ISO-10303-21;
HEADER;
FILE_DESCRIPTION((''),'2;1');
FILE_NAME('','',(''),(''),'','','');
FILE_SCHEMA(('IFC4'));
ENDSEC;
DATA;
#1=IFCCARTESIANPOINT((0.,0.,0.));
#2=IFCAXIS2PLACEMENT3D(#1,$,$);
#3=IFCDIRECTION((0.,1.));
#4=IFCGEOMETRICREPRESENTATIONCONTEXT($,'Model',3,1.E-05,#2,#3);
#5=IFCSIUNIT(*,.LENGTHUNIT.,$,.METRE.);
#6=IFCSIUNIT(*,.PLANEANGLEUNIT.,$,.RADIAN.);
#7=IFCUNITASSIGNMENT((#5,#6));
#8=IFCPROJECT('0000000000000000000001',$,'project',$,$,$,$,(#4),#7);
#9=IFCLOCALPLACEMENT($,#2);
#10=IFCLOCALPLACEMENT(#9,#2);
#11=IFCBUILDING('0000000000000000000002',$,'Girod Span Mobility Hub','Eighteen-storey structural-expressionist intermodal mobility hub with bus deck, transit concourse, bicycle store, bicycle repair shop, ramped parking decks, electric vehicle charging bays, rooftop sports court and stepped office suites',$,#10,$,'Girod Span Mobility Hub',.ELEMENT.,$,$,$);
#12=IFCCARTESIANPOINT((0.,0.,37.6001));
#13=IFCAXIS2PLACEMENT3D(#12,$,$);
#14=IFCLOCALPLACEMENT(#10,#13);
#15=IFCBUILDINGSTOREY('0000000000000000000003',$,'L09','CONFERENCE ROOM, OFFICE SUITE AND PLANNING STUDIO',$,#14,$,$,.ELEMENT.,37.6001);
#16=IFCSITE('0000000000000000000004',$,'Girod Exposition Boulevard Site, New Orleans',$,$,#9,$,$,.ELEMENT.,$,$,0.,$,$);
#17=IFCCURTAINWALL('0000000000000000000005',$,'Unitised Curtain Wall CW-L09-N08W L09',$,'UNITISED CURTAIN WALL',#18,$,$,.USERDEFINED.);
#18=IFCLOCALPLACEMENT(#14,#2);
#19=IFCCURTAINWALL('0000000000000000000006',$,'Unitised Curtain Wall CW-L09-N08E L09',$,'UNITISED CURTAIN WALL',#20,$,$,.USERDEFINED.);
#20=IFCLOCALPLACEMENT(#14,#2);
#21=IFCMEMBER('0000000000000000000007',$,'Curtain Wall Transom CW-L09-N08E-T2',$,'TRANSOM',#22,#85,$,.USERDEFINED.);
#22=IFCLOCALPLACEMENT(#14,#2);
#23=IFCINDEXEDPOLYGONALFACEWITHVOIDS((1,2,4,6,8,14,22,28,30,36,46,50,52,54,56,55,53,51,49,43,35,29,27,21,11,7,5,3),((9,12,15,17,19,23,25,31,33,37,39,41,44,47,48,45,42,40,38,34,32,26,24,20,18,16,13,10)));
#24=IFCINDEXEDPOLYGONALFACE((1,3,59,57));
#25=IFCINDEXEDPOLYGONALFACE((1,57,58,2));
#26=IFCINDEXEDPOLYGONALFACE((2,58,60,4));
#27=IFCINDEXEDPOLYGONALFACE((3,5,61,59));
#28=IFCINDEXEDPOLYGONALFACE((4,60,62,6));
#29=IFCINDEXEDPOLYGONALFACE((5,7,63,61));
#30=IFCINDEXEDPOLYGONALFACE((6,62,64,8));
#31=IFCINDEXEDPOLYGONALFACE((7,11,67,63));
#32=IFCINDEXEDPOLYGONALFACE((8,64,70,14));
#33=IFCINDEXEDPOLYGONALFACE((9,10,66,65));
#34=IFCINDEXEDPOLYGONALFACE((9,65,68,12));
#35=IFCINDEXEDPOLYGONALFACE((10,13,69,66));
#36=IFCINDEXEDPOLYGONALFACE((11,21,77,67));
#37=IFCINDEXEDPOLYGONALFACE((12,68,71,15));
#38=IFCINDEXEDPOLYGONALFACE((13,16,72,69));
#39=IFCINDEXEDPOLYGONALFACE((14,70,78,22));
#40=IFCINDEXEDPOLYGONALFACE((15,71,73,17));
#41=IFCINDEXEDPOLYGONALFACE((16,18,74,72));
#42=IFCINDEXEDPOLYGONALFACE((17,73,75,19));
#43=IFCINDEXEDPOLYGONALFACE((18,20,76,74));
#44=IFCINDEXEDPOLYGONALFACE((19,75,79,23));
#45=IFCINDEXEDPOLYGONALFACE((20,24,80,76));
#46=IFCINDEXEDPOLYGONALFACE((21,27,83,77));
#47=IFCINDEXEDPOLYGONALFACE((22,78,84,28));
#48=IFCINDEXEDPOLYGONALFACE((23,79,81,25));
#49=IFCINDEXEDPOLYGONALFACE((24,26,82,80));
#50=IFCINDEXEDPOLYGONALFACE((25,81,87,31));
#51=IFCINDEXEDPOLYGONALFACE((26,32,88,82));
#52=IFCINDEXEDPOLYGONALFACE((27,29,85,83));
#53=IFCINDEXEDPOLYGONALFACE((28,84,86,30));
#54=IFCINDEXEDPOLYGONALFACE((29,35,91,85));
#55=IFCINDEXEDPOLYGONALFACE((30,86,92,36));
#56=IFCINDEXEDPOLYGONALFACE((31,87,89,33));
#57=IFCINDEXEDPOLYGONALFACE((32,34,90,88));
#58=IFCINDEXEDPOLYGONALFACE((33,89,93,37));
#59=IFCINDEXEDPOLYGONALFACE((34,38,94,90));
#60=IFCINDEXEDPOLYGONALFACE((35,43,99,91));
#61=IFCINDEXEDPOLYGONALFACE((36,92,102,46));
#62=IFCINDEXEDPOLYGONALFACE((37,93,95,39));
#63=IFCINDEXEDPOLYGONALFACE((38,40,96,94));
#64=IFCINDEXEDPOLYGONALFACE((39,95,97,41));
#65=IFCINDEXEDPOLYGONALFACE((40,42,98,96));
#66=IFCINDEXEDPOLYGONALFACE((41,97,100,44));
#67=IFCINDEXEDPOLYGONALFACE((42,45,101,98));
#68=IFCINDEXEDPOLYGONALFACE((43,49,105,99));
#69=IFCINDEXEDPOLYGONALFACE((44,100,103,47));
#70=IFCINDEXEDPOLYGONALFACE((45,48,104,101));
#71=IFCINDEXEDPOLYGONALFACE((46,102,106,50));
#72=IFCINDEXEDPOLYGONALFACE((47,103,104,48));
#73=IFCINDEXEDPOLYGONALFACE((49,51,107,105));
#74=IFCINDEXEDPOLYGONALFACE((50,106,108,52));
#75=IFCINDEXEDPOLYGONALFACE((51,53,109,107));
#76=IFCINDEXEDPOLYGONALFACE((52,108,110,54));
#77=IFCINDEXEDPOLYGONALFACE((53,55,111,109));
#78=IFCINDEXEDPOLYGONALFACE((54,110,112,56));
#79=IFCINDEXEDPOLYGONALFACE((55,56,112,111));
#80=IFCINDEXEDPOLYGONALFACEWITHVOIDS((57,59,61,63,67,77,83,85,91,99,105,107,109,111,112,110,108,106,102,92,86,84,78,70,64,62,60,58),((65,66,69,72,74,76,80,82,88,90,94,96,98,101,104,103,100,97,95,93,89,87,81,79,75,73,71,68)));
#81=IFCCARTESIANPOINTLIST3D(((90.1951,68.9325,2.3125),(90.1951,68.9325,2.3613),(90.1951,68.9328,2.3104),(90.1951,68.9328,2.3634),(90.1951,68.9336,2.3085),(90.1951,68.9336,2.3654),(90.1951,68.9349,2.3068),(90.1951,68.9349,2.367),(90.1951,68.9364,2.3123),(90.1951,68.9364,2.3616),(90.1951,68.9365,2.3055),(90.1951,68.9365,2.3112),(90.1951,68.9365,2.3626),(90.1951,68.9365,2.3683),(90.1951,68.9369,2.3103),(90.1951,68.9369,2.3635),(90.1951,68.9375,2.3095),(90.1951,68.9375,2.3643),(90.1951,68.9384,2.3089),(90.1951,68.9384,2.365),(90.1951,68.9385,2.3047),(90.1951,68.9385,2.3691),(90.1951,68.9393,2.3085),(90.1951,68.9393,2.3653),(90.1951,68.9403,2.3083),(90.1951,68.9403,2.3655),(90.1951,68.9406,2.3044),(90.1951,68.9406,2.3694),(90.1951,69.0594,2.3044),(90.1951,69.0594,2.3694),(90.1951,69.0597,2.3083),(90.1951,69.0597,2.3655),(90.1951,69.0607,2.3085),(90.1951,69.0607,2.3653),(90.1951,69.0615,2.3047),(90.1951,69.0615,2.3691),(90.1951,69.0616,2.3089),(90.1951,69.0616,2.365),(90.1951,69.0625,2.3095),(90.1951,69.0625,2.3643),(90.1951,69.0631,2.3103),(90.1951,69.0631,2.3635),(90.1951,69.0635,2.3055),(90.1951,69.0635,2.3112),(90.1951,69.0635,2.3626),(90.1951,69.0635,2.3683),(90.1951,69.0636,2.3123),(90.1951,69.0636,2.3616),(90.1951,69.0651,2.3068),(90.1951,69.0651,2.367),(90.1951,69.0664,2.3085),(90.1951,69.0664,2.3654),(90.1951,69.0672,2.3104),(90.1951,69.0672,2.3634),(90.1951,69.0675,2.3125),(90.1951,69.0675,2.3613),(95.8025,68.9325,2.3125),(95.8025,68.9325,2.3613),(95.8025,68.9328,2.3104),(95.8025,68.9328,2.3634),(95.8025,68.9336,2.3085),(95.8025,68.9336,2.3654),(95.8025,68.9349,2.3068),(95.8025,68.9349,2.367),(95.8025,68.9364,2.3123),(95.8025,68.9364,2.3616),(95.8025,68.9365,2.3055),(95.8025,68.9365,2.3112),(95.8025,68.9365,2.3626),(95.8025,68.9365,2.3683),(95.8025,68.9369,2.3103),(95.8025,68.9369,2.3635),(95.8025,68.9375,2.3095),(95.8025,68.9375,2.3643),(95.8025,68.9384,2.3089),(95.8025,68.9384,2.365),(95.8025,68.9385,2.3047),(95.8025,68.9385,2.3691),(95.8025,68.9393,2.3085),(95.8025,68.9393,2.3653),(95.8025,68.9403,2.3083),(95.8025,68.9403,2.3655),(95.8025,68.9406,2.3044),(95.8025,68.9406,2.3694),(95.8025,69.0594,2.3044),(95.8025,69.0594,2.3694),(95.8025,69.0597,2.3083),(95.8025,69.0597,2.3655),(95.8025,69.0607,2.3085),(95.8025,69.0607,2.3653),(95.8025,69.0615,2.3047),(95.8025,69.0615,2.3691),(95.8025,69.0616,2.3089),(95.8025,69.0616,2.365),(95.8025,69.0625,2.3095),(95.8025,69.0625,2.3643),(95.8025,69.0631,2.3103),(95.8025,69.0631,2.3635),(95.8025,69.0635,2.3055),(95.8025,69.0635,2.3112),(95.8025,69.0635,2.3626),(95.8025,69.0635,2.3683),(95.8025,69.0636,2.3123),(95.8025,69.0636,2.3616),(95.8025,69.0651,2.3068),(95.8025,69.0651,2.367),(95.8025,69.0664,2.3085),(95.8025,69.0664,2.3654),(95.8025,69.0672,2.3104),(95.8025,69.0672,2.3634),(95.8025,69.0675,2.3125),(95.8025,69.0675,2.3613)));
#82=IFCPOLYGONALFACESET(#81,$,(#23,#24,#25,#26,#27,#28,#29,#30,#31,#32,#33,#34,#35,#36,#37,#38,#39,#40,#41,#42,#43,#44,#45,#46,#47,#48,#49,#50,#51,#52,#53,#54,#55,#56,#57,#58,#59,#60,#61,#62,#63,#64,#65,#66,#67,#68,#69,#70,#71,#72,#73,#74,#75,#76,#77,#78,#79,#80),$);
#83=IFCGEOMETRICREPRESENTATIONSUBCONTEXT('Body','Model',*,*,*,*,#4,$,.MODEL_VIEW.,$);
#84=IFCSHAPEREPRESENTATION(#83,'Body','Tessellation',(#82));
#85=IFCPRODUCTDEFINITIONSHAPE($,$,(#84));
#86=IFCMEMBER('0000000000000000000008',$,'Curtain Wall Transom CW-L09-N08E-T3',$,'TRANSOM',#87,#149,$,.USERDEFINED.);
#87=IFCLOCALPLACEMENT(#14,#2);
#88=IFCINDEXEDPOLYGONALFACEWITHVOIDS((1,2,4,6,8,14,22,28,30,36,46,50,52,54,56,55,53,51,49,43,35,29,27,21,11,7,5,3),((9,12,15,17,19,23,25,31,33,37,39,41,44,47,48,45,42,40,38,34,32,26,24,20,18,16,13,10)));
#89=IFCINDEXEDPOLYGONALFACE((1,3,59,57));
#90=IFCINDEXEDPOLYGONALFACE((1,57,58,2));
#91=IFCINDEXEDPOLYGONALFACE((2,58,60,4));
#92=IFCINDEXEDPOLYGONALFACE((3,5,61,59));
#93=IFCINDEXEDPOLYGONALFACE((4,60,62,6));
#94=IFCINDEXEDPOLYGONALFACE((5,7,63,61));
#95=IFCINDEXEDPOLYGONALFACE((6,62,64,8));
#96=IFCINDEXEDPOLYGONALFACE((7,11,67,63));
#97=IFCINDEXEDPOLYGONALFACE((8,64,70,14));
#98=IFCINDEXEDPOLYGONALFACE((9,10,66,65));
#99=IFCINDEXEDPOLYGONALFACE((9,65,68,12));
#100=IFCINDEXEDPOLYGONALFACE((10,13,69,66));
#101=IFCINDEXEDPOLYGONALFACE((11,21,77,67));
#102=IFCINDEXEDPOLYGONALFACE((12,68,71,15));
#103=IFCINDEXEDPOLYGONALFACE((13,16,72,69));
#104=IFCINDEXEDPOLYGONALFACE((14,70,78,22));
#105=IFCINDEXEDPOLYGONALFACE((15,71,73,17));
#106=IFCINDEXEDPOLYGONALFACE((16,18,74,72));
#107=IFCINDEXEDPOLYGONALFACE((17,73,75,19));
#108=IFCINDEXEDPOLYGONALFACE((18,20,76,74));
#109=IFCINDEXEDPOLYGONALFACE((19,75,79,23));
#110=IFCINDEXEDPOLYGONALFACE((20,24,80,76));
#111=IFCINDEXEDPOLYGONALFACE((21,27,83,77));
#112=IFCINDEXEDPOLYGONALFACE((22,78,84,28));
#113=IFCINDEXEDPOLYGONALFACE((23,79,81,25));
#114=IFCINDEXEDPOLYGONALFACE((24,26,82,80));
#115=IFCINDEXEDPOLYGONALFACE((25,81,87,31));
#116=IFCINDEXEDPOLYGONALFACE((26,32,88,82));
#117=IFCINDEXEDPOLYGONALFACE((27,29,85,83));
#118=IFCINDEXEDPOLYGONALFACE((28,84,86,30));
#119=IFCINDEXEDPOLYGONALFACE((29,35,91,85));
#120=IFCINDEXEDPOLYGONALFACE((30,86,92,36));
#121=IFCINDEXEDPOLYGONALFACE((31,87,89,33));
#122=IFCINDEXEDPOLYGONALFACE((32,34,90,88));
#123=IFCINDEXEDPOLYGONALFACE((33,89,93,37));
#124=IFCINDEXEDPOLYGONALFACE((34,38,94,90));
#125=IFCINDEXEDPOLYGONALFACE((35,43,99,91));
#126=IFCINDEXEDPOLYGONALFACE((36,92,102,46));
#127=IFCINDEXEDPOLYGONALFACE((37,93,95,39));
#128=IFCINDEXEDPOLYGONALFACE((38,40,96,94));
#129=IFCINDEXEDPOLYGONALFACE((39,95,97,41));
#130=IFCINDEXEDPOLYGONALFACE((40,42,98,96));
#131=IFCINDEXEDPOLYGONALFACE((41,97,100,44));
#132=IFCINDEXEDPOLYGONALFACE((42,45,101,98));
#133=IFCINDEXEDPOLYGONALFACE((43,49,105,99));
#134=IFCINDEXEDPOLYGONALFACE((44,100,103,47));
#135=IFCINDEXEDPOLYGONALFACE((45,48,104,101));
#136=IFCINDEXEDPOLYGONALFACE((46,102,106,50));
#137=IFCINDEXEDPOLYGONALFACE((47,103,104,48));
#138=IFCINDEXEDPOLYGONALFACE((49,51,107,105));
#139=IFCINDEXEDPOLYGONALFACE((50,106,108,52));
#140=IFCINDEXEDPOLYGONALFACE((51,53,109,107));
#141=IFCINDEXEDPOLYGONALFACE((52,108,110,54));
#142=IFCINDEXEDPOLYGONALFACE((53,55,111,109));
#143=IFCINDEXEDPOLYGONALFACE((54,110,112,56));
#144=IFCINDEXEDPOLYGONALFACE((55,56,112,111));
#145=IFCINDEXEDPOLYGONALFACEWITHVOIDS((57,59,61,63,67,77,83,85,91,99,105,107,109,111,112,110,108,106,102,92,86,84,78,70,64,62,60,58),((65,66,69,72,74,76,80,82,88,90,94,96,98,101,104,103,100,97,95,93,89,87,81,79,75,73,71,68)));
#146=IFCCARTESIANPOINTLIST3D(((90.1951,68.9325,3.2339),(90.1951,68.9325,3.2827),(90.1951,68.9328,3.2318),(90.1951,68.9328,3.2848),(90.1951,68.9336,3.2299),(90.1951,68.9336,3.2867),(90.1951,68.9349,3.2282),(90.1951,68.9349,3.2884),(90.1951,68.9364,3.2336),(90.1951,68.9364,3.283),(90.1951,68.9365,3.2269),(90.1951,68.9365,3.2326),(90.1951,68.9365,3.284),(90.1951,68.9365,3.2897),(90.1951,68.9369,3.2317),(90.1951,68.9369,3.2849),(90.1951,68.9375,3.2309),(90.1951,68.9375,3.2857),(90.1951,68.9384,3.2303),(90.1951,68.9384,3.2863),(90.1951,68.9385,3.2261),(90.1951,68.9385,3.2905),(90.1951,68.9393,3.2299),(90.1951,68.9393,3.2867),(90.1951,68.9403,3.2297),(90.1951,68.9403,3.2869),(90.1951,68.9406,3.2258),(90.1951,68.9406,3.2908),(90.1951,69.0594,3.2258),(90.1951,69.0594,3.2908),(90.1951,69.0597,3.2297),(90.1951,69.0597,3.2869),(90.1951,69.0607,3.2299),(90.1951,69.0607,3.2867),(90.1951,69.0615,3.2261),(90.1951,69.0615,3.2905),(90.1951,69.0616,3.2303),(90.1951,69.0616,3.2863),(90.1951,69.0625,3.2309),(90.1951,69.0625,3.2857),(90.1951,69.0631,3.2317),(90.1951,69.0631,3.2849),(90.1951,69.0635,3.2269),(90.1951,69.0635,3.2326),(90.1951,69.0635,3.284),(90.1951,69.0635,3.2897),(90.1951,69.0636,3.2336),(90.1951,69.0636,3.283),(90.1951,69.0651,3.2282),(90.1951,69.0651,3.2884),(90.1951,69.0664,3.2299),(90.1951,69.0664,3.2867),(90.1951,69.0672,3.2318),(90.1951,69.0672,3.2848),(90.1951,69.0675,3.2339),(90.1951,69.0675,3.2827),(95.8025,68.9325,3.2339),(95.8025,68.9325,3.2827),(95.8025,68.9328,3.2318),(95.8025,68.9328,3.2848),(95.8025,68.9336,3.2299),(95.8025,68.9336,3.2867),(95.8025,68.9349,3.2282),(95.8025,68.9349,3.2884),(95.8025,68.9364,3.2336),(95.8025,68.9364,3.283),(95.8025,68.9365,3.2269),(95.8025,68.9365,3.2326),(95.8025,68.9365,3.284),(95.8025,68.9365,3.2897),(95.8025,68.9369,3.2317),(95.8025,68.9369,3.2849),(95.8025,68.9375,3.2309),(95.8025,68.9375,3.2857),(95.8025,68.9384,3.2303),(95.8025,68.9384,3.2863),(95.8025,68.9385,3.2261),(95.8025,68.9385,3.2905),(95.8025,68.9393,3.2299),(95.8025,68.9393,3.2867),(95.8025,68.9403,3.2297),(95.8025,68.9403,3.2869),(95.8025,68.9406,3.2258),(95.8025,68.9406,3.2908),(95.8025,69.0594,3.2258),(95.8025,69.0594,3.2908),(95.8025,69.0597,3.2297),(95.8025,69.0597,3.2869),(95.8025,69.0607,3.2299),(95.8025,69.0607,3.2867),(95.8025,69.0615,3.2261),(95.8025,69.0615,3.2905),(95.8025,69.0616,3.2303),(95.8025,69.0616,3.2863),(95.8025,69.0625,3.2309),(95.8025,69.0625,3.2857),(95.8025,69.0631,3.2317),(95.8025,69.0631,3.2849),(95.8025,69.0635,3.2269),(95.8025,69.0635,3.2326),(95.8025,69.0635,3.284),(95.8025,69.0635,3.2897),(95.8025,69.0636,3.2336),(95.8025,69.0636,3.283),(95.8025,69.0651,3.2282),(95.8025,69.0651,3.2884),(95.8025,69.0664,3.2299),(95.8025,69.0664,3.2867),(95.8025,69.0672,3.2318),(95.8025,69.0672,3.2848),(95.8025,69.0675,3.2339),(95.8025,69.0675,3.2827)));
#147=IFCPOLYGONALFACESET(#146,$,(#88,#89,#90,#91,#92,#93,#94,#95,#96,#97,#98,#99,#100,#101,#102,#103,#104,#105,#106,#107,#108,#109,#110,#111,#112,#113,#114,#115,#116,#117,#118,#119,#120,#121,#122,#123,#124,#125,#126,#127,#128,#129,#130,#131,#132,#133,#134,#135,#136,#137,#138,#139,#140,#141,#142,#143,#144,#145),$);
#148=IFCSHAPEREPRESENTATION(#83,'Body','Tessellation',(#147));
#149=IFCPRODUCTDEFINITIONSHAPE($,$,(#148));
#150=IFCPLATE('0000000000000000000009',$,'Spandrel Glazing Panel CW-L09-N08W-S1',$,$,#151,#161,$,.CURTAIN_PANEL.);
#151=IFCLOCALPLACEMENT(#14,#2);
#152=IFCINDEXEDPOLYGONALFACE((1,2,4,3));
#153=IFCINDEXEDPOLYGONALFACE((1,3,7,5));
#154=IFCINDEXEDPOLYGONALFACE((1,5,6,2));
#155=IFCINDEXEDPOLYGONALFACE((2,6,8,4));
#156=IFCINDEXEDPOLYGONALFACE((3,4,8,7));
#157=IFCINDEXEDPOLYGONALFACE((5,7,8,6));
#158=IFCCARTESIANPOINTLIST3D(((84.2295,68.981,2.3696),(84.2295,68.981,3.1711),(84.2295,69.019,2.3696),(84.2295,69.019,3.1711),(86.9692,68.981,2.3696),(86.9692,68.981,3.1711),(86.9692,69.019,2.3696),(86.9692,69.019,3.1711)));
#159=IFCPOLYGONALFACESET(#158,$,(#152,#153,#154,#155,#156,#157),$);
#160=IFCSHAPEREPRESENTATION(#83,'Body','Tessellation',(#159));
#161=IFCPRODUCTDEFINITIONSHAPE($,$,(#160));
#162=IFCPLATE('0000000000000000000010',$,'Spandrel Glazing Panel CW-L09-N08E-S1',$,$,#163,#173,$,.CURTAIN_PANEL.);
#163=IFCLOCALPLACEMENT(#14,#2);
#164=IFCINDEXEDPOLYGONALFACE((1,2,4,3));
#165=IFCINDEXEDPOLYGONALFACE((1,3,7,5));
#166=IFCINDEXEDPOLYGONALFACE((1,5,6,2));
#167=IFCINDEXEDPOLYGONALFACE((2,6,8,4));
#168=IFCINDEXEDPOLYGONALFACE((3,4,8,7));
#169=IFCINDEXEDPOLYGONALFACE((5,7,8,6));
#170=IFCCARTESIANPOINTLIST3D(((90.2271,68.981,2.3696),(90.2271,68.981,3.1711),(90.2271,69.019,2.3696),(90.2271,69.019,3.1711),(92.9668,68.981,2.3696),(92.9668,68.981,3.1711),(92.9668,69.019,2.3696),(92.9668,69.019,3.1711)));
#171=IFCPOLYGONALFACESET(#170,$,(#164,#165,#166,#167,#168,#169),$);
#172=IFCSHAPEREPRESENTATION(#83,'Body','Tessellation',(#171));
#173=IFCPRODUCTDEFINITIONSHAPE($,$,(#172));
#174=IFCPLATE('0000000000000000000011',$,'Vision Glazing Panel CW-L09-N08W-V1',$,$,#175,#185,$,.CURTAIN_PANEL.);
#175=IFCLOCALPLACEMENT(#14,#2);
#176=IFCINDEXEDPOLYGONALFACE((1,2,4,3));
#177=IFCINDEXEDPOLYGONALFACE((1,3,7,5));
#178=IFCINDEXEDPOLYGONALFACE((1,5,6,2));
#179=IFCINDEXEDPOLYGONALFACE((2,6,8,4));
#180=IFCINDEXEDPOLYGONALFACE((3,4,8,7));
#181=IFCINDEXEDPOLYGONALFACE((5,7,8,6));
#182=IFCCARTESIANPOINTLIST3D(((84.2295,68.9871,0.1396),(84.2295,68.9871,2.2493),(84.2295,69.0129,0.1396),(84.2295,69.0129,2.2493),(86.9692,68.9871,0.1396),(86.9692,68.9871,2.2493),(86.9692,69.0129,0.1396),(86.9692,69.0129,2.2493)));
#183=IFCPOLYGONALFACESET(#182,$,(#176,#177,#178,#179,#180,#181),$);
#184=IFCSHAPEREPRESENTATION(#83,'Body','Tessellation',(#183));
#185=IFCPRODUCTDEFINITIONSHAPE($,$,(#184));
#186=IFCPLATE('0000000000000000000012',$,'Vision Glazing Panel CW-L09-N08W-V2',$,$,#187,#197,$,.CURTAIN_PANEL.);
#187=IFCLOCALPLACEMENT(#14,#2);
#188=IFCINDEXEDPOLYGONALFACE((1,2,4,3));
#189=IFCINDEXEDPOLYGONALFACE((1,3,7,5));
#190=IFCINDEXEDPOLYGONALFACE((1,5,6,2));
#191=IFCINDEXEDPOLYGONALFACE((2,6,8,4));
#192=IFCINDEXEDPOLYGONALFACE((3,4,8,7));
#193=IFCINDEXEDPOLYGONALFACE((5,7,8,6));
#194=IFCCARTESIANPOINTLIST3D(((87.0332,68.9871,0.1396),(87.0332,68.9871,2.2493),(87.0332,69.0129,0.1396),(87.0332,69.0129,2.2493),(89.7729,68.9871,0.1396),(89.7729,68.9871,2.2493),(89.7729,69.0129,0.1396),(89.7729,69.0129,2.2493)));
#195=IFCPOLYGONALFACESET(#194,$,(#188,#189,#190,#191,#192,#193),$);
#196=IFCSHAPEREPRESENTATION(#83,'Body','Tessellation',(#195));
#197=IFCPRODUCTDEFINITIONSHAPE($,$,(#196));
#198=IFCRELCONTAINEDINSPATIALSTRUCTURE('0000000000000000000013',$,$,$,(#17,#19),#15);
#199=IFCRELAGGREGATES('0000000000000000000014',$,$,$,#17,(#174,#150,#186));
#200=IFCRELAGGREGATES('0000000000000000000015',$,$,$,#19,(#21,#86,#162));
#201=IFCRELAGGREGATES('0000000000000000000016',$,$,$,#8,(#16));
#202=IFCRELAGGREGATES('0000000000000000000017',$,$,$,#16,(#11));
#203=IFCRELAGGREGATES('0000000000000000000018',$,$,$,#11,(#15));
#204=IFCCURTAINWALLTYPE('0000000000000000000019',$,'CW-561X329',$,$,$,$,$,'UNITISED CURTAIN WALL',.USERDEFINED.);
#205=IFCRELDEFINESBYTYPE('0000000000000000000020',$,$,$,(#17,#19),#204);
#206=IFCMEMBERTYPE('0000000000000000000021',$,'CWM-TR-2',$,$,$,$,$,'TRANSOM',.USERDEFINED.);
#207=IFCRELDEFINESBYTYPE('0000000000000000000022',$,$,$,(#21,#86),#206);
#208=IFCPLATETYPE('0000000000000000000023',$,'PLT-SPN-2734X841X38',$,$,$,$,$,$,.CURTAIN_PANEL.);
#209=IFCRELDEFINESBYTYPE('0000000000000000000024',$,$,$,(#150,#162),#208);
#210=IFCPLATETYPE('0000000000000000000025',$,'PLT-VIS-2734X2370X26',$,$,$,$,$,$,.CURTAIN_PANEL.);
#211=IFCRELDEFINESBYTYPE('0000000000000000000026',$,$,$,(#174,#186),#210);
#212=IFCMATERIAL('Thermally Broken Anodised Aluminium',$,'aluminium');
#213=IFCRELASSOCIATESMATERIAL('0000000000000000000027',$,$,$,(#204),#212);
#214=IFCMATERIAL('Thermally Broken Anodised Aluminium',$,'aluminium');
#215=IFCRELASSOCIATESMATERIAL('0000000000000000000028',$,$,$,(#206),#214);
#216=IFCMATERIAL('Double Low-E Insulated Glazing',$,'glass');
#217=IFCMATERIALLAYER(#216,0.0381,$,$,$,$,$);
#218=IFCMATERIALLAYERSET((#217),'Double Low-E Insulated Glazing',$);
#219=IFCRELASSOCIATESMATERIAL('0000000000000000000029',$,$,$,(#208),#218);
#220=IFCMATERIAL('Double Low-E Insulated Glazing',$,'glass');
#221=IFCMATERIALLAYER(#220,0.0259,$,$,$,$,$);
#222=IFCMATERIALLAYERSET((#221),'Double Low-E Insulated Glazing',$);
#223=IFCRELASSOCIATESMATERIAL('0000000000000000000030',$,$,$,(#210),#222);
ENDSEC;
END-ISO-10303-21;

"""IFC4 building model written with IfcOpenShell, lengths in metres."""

from ifc_helpers import new_model, si_unit, direction, frame, origin, origin_2d, place, context, subcontext, project, spatial, rectangle, hollow_rectangle, extrude, material, layer, layer_set, material_profile, profile_set, type_object, element, aggregate, save


model = new_model("IFC4")

# Units and contexts
model_context = context("Model", 3, precision=1e-05, world=origin(), true_north=direction((0.0, 1.0)))
body_context = subcontext(model_context, "Body", "Model", "MODEL_VIEW")
ifc_project = project(units=[si_unit("LENGTHUNIT", "METRE"), si_unit("PLANEANGLEUNIT", "RADIAN")], contexts=[model_context])

# Site, building, storey
site_placement = place(None, origin())
site = spatial("IfcSite", under=ifc_project, at=site_placement, Name="Girod Exposition Boulevard Site, New Orleans", CompositionType="ELEMENT", RefElevation=0.0)
building_placement = place(site_placement, origin())
building = spatial("IfcBuilding", under=site, at=building_placement, Name="Girod Span Mobility Hub", Description="Eighteen-storey structural-expressionist intermodal mobility hub with bus deck, transit concourse, bicycle store, bicycle repair shop, ramped parking decks, electric vehicle charging bays, rooftop sports court and stepped office suites", LongName="Girod Span Mobility Hub", CompositionType="ELEMENT")
storey_placement = place(building_placement, frame((0.0, 0.0, 37.6001)))
storey = spatial("IfcBuildingStorey", under=building, at=storey_placement, Name="L09", Description="CONFERENCE ROOM, OFFICE SUITE AND PLANNING STUDIO", CompositionType="ELEMENT", Elevation=37.6001)

# Curtain walls
ifc_material_1 = material(Name="Thermally Broken Anodised Aluminium", Category="aluminium")
curtain_wall_type = type_object("IfcCurtainWallType", Name="CW-561X329", ElementType="UNITISED CURTAIN WALL", PredefinedType="USERDEFINED", material=ifc_material_1)
curtain_wall_1_placement = place(storey_placement, origin())
curtain_wall_1 = element("IfcCurtainWall", 1, at=curtain_wall_1_placement, inside=storey, type_object=curtain_wall_type, Name="Unitised Curtain Wall CW-L09-N08W L09", ObjectType="UNITISED CURTAIN WALL", PredefinedType="USERDEFINED")
curtain_wall_2_placement = place(storey_placement, origin())
curtain_wall_2 = element("IfcCurtainWall", 2, at=curtain_wall_2_placement, inside=storey, type_object=curtain_wall_type, Name="Unitised Curtain Wall CW-L09-N08E L09", ObjectType="UNITISED CURTAIN WALL", PredefinedType="USERDEFINED")

# Members
ifc_material_2 = material(Name="Thermally Broken Anodised Aluminium", Category="aluminium")
ifc_material_profile_1 = material_profile(ifc_material_2, hollow_rectangle(XDim=0.135, YDim=0.0649, WallThickness=0.0039, InnerFilletRadius=0.0039, OuterFilletRadius=0.0081, at=origin_2d()), Name="CW-TR-65X135")
ifc_profile_set_1 = profile_set([ifc_material_profile_1], Name="Thermally Broken Anodised Aluminium")
member_type_1 = type_object("IfcMemberType", Name="CWM-TR-2", ElementType="TRANSOM", PredefinedType="USERDEFINED", material=ifc_profile_set_1)
member_1_placement = place(storey_placement, frame((90.1951, 69.0, 2.3369), z_axis=(1.0, 0.0, 0.0), x_axis=(0.0, 1.0, 0.0)))
member_1 = element("IfcMember", 3, at=member_1_placement, type_object=member_type_1, Name="Curtain Wall Transom CW-L09-N08E-T2", ObjectType="TRANSOM", PredefinedType="USERDEFINED", context=body_context, shape_type="SweptSolid", body=[
    extrude(hollow_rectangle(XDim=0.135, YDim=0.0649, WallThickness=0.0039, InnerFilletRadius=0.0039, OuterFilletRadius=0.0081, at=origin_2d()), origin(), (0.0, 0.0, 1.0), 5.6074),
])
member_2_placement = place(storey_placement, frame((90.1951, 69.0, 3.2583), z_axis=(1.0, 0.0, 0.0), x_axis=(0.0, 1.0, 0.0)))
member_2 = element("IfcMember", 4, at=member_2_placement, type_object=member_type_1, Name="Curtain Wall Transom CW-L09-N08E-T3", ObjectType="TRANSOM", PredefinedType="USERDEFINED", context=body_context, shape_type="SweptSolid", body=[
    extrude(hollow_rectangle(XDim=0.135, YDim=0.0649, WallThickness=0.0039, InnerFilletRadius=0.0039, OuterFilletRadius=0.0081, at=origin_2d()), origin(), (0.0, 0.0, 1.0), 5.6074),
])

# Plates
ifc_material_3 = material(Name="Double Low-E Insulated Glazing", Category="glass")
ifc_layer_1 = layer(ifc_material_3, 0.0381)
ifc_layer_set_1 = layer_set([ifc_layer_1], Name="Double Low-E Insulated Glazing")
plate_type_1 = type_object("IfcPlateType", Name="PLT-SPN-2734X841X38", PredefinedType="CURTAIN_PANEL", material=ifc_layer_set_1)
plate_1_placement = place(storey_placement, frame((85.5994, 69.0, 2.3696), z_axis=(0.0, 0.0, 1.0), x_axis=(1.0, 0.0, 0.0)))
plate_1 = element("IfcPlate", 5, at=plate_1_placement, type_object=plate_type_1, Name="Spandrel Glazing Panel CW-L09-N08W-S1", PredefinedType="CURTAIN_PANEL", context=body_context, shape_type="SweptSolid", body=[
    extrude(rectangle(XDim=2.7397, YDim=0.0381, at=origin_2d()), origin(), (0.0, 0.0, 1.0), 0.8015),
])
plate_2_placement = place(storey_placement, frame((91.5969, 69.0, 2.3696), z_axis=(0.0, 0.0, 1.0), x_axis=(1.0, 0.0, 0.0)))
plate_2 = element("IfcPlate", 6, at=plate_2_placement, type_object=plate_type_1, Name="Spandrel Glazing Panel CW-L09-N08E-S1", PredefinedType="CURTAIN_PANEL", context=body_context, shape_type="SweptSolid", body=[
    extrude(rectangle(XDim=2.7397, YDim=0.0381, at=origin_2d()), origin(), (0.0, 0.0, 1.0), 0.8015),
])
ifc_material_4 = material(Name="Double Low-E Insulated Glazing", Category="glass")
ifc_layer_2 = layer(ifc_material_4, 0.0259)
ifc_layer_set_2 = layer_set([ifc_layer_2], Name="Double Low-E Insulated Glazing")
plate_type_2 = type_object("IfcPlateType", Name="PLT-VIS-2734X2370X26", PredefinedType="CURTAIN_PANEL", material=ifc_layer_set_2)
plate_3_placement = place(storey_placement, frame((85.5994, 69.0, 0.1396), z_axis=(0.0, 0.0, 1.0), x_axis=(1.0, 0.0, 0.0)))
plate_3 = element("IfcPlate", 7, at=plate_3_placement, type_object=plate_type_2, Name="Vision Glazing Panel CW-L09-N08W-V1", PredefinedType="CURTAIN_PANEL", context=body_context, shape_type="SweptSolid", body=[
    extrude(rectangle(XDim=2.7397, YDim=0.0259, at=origin_2d()), origin(), (0.0, 0.0, 1.0), 2.1096),
])
plate_4_placement = place(storey_placement, frame((88.4031, 69.0, 0.1396), z_axis=(0.0, 0.0, 1.0), x_axis=(1.0, 0.0, 0.0)))
plate_4 = element("IfcPlate", 8, at=plate_4_placement, type_object=plate_type_2, Name="Vision Glazing Panel CW-L09-N08W-V2", PredefinedType="CURTAIN_PANEL", context=body_context, shape_type="SweptSolid", body=[
    extrude(rectangle(XDim=2.7397, YDim=0.0259, at=origin_2d()), origin(), (0.0, 0.0, 1.0), 2.1096),
])
aggregate(curtain_wall_1, [plate_3, plate_1, plate_4])
aggregate(curtain_wall_2, [member_1, member_2, plate_2])

save(model, "model.ifc")
